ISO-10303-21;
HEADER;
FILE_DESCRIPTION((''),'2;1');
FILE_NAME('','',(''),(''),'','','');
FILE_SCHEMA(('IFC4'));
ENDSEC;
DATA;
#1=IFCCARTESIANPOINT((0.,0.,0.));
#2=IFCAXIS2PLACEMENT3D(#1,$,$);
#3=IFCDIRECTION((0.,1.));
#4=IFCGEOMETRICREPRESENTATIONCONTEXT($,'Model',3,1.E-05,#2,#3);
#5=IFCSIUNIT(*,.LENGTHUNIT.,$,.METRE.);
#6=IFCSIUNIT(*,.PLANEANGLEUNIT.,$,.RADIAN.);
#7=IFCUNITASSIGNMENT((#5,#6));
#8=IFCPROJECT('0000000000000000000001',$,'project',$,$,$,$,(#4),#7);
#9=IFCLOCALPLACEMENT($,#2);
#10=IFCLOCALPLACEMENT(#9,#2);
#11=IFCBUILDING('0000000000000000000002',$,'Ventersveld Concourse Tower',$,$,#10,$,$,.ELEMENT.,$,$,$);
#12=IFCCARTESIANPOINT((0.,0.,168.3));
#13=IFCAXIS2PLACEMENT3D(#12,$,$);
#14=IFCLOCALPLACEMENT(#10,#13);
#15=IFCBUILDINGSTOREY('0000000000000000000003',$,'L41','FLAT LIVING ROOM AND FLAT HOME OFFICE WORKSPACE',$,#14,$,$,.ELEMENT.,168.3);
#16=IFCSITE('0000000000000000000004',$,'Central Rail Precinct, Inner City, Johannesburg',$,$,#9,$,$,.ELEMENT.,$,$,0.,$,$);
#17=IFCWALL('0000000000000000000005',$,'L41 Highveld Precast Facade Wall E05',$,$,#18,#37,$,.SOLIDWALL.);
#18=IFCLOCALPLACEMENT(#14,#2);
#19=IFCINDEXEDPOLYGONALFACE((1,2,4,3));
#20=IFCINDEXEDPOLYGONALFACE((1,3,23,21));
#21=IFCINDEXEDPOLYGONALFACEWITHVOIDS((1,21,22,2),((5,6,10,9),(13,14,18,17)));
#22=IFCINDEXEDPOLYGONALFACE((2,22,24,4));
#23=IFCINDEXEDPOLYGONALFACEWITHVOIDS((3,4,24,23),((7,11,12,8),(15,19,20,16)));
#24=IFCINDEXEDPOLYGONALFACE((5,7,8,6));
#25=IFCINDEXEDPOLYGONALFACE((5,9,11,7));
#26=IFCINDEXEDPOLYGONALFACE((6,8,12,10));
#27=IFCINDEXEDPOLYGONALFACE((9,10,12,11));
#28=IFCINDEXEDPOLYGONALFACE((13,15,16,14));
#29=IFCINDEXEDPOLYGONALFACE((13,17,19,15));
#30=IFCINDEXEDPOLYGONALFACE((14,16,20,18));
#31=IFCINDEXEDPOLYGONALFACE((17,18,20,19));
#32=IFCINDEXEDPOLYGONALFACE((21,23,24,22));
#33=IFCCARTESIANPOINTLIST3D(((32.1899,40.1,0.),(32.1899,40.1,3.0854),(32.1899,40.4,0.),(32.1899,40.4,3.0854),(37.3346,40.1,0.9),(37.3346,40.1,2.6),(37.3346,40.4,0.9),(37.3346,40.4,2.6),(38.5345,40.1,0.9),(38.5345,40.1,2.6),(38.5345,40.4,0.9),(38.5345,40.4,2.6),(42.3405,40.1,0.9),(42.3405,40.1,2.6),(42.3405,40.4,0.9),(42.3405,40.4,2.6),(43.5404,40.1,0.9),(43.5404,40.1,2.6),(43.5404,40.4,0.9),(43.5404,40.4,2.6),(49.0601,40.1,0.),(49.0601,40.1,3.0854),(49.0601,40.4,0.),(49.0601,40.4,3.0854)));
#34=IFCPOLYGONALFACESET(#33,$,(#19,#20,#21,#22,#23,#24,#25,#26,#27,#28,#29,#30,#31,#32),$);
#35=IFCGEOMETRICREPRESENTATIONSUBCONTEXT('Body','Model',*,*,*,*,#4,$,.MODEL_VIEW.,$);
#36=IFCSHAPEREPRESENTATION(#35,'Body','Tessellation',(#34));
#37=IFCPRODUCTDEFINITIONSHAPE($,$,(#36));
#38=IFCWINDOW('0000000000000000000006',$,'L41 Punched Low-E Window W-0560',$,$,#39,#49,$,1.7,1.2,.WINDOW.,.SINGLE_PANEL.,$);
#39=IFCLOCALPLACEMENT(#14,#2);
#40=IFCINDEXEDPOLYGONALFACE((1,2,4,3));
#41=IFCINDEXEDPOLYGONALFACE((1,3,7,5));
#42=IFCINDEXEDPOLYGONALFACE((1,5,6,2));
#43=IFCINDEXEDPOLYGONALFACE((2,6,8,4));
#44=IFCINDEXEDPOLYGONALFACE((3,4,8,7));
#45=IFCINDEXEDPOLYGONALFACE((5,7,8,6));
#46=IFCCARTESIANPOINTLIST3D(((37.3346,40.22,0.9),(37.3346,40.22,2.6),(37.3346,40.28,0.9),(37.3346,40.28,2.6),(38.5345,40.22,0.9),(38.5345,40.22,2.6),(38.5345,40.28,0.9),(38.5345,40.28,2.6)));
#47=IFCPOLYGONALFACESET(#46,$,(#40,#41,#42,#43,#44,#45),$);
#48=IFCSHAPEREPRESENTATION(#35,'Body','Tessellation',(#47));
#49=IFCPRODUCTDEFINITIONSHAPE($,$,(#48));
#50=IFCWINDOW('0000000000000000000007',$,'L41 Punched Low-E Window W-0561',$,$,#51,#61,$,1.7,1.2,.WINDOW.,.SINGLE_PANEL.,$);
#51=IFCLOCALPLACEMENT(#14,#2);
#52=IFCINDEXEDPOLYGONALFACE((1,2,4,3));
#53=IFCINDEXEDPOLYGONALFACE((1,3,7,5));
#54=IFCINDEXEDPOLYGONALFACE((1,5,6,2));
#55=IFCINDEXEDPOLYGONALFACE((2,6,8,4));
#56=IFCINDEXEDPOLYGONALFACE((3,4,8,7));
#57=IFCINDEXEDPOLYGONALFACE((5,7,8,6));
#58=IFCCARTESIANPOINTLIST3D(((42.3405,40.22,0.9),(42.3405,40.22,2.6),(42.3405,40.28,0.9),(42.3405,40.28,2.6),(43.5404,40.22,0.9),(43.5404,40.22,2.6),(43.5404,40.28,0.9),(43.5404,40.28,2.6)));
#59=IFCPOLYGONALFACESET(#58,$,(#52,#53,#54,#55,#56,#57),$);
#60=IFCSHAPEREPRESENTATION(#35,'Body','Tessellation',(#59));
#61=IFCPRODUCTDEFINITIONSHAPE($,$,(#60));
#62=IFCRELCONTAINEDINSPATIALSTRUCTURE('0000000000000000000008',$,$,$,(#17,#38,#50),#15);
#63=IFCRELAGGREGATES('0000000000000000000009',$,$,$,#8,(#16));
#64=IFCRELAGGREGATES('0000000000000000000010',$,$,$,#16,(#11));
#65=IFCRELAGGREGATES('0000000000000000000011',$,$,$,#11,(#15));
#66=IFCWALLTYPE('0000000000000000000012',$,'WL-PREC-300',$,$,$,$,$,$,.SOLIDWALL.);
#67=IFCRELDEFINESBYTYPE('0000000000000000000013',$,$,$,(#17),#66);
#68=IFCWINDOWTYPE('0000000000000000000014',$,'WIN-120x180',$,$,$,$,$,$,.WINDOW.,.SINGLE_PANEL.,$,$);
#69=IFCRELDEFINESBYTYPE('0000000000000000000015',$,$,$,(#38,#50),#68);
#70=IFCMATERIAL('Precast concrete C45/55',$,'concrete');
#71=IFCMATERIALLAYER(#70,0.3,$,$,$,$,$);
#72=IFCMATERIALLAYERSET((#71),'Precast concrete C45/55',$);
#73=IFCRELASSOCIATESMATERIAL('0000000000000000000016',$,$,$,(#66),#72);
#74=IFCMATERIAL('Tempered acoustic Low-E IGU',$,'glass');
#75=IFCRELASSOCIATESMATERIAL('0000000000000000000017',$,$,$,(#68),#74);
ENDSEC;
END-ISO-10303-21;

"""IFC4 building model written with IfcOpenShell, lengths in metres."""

from ifc_helpers import new_model, si_unit, direction, frame, frame_2d, origin, place, context, subcontext, project, spatial, rectangle, extrude, material, layer, layer_set, type_object, element, fill, save


model = new_model("IFC4")

# Units and contexts
model_context = context("Model", 3, precision=1e-05, world=origin(), true_north=direction((0.0, 1.0)))
body_context = subcontext(model_context, "Body", "Model", "MODEL_VIEW")
ifc_project = project(units=[si_unit("LENGTHUNIT", "METRE"), si_unit("PLANEANGLEUNIT", "RADIAN")], contexts=[model_context])

# Site, building, storey
site_placement = place(None, origin())
site = spatial("IfcSite", under=ifc_project, at=site_placement, Name="Central Rail Precinct, Inner City, Johannesburg", CompositionType="ELEMENT", RefElevation=0.0)
building_placement = place(site_placement, origin())
building = spatial("IfcBuilding", under=site, at=building_placement, Name="Ventersveld Concourse Tower", CompositionType="ELEMENT")
storey_placement = place(building_placement, frame((0.0, 0.0, 168.3)))
storey = spatial("IfcBuildingStorey", under=building, at=storey_placement, Name="L41", Description="FLAT LIVING ROOM AND FLAT HOME OFFICE WORKSPACE", CompositionType="ELEMENT", Elevation=168.3)

# Shared definitions
ifc_material_1 = material(Name="Precast concrete C45/55", Category="concrete")
ifc_layer_1 = layer(ifc_material_1, 0.3)
ifc_layer_set_1 = layer_set([ifc_layer_1], Name="Precast concrete C45/55")
wall_type_1 = type_object("IfcWallType", Name="WL-PREC-300", PredefinedType="SOLIDWALL", material=ifc_layer_set_1)

# Wall, openings, windows
wall_1_placement = place(storey_placement, frame((49.0601, 40.25, 0.0), z_axis=(0.0, 0.0, 1.0), x_axis=(-1.0, 0.0, 0.0)))
wall_1 = element("IfcWall", 1, at=wall_1_placement, inside=storey, type_object=wall_type_1, Name="L41 Highveld Precast Facade Wall E05", PredefinedType="SOLIDWALL", context=body_context, shape_type="SweptSolid", body=[
    extrude(rectangle(XDim=16.8701, YDim=0.3, at=frame_2d((8.4351, 0.0))), origin(), (0.0, 0.0, 1.0), 3.0854),
])
opening_1_placement = place(wall_1_placement, frame((10.5254, 0.0, 0.8999)))
opening_1 = element("IfcOpeningElement", 2, at=opening_1_placement, cuts=wall_1, PredefinedType="OPENING", context=body_context, shape_type="SweptSolid", body=[
    extrude(rectangle(XDim=1.2, YDim=1.7, at=frame_2d((0.6001, 0.8501))), frame((0.0, 0.1602, 0.0), z_axis=(0.0, -1.0, 0.0), x_axis=(1.0, 0.0, 0.0)), (0.0, 0.0, 1.0), 0.3201),
])
opening_2_placement = place(wall_1_placement, frame((5.5195, 0.0, 0.8999)))
opening_2 = element("IfcOpeningElement", 3, at=opening_2_placement, cuts=wall_1, PredefinedType="OPENING", context=body_context, shape_type="SweptSolid", body=[
    extrude(rectangle(XDim=1.2, YDim=1.7, at=frame_2d((0.6001, 0.8501))), frame((0.0, 0.1602, 0.0), z_axis=(0.0, -1.0, 0.0), x_axis=(1.0, 0.0, 0.0)), (0.0, 0.0, 1.0), 0.3201),
])
ifc_material_2 = material(Name="Tempered acoustic Low-E IGU", Category="glass")
window_type = type_object("IfcWindowType", Name="WIN-120x180", PartitioningType="SINGLE_PANEL", PredefinedType="WINDOW", material=ifc_material_2)
window_1_placement = place(opening_1_placement, origin())
window_1 = element("IfcWindow", 4, at=window_1_placement, inside=storey, type_object=window_type, Name="L41 Punched Low-E Window W-0560", OverallHeight=1.7, OverallWidth=1.2, PartitioningType="SINGLE_PANEL", PredefinedType="WINDOW", context=body_context, shape_type="SweptSolid", body=[
    extrude(rectangle(XDim=1.2, YDim=1.7, at=frame_2d((0.6001, 0.8501))), frame((0.0, 0.03, 0.0), z_axis=(0.0, -1.0, 0.0), x_axis=(1.0, 0.0, 0.0)), (0.0, 0.0, 1.0), 0.0601),
])
fill(opening_1, window_1)
window_2_placement = place(opening_2_placement, origin())
window_2 = element("IfcWindow", 5, at=window_2_placement, inside=storey, type_object=window_type, Name="L41 Punched Low-E Window W-0561", OverallHeight=1.7, OverallWidth=1.2, PartitioningType="SINGLE_PANEL", PredefinedType="WINDOW", context=body_context, shape_type="SweptSolid", body=[
    extrude(rectangle(XDim=1.2, YDim=1.7, at=frame_2d((0.6001, 0.8501))), frame((0.0, 0.03, 0.0), z_axis=(0.0, -1.0, 0.0), x_axis=(1.0, 0.0, 0.0)), (0.0, 0.0, 1.0), 0.0601),
])
fill(opening_2, window_2)

save(model, "model.ifc")
